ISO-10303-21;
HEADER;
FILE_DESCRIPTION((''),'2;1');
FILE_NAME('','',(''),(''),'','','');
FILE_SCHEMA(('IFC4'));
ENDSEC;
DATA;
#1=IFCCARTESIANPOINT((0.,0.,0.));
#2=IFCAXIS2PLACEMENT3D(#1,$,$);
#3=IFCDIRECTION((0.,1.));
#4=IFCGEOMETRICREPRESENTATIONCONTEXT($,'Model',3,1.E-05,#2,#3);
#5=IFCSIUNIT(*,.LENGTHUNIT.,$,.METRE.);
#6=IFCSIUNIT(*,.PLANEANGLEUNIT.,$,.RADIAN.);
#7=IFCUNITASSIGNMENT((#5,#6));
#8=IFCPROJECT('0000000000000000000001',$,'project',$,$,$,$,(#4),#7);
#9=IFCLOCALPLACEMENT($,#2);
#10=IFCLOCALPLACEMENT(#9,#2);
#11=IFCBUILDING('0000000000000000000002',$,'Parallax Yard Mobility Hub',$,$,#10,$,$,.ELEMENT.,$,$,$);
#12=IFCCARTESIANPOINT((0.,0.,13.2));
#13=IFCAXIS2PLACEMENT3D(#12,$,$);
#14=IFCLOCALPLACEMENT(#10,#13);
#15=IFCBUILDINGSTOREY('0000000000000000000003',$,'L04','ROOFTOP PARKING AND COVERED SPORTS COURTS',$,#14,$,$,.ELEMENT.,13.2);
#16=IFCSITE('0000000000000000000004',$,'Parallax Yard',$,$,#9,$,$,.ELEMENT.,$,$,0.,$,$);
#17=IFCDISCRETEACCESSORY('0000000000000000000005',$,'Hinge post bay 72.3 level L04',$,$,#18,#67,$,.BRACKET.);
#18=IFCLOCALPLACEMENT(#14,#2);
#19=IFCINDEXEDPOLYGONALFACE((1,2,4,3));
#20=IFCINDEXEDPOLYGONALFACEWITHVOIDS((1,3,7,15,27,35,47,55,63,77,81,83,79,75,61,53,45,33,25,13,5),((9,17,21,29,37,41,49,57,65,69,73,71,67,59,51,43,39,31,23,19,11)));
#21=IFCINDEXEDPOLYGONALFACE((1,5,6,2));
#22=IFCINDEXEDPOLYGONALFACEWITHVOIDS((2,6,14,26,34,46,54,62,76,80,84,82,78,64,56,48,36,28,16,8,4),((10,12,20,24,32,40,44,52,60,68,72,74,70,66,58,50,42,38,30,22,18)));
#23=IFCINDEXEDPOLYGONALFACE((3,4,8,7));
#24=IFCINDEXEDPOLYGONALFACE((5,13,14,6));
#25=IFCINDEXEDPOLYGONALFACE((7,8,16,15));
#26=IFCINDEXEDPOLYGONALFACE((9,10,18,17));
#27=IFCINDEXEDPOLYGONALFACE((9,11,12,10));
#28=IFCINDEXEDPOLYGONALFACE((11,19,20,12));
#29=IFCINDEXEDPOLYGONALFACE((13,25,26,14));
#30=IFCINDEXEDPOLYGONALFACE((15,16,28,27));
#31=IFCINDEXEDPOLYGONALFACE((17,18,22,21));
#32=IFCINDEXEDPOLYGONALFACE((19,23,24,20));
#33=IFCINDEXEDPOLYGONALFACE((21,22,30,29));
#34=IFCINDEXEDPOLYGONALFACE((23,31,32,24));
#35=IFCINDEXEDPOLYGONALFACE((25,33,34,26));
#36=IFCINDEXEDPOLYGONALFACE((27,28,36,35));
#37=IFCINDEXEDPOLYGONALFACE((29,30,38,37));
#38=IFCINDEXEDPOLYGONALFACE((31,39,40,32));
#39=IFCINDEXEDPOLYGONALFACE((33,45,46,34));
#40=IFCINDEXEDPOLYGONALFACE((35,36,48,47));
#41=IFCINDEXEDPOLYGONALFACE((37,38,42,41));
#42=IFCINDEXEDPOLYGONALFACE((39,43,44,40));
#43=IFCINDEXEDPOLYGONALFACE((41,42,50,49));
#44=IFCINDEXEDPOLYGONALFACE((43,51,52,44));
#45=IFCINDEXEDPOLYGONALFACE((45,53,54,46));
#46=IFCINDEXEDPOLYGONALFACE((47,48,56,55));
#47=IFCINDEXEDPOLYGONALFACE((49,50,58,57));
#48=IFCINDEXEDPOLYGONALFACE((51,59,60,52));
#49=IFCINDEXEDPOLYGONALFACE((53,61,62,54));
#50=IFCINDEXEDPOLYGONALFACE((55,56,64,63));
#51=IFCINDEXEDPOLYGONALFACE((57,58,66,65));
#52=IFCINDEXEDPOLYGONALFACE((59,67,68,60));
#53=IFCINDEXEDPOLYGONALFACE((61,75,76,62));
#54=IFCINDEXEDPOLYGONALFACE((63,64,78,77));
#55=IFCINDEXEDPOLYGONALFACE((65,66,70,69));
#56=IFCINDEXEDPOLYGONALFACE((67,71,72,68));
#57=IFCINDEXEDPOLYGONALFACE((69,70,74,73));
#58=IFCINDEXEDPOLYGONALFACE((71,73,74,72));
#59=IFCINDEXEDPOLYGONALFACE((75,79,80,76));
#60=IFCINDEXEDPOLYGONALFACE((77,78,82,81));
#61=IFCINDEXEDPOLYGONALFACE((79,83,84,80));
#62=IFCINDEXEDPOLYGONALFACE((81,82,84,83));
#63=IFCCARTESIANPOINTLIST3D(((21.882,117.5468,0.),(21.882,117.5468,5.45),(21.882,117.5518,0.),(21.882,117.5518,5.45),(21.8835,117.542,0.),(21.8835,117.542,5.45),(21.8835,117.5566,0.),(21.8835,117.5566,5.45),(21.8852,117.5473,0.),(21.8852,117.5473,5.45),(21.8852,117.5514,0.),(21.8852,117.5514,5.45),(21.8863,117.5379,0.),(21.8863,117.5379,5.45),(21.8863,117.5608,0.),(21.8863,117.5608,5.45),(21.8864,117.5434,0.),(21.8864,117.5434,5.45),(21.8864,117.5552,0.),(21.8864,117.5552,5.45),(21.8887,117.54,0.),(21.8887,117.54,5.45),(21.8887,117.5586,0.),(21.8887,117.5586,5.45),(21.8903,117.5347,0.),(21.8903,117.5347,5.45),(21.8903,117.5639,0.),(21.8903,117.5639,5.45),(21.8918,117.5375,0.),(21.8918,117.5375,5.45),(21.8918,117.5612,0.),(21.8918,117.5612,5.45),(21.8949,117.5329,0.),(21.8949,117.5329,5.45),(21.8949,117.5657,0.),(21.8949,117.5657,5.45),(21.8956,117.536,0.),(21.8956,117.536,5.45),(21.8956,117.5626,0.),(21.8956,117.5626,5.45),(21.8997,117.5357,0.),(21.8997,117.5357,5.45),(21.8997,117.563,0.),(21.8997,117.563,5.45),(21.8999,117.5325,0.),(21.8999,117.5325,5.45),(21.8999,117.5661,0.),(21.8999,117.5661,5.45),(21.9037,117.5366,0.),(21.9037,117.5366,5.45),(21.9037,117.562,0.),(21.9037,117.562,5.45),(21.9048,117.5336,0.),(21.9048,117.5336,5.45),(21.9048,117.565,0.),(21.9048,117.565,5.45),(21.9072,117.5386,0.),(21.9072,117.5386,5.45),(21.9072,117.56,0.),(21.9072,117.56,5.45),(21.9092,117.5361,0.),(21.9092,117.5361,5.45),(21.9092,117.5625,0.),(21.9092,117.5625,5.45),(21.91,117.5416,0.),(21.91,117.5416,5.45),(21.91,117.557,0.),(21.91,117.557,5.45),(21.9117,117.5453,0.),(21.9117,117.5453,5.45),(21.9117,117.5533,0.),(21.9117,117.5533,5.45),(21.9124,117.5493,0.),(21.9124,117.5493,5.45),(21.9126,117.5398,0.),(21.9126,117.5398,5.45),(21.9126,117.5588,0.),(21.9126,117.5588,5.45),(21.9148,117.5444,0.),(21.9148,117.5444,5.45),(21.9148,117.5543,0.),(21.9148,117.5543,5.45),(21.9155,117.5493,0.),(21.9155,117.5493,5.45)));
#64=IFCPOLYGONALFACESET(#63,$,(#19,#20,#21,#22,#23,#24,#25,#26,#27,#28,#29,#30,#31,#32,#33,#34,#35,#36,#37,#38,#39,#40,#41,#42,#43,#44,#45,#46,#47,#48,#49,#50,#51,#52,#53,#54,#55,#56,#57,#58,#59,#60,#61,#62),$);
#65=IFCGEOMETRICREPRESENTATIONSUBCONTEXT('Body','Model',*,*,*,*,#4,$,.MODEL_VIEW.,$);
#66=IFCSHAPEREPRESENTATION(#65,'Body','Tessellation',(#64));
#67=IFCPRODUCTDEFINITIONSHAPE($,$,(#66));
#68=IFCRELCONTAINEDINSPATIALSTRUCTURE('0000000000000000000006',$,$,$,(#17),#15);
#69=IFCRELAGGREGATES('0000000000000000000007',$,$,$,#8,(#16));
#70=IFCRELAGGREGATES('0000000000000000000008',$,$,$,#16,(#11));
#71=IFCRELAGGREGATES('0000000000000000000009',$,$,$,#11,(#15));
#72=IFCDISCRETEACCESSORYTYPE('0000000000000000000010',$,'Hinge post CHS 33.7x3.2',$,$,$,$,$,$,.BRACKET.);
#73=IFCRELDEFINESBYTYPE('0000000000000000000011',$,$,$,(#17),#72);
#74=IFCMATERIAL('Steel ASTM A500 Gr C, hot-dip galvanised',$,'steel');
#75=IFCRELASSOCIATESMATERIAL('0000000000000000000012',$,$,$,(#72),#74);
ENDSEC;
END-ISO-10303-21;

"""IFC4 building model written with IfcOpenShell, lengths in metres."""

from ifc_helpers import new_model, si_unit, direction, frame, origin, origin_2d, place, context, subcontext, project, spatial, hollow_circle, extrude, material, material_profile, profile_set, type_object, element, save


model = new_model("IFC4")

# Units and contexts
model_context = context("Model", 3, precision=1e-05, world=origin(), true_north=direction((0.0, 1.0)))
body_context = subcontext(model_context, "Body", "Model", "MODEL_VIEW")
ifc_project = project(units=[si_unit("LENGTHUNIT", "METRE"), si_unit("PLANEANGLEUNIT", "RADIAN")], contexts=[model_context])

# Site, building, storey
site_placement = place(None, origin())
site = spatial("IfcSite", under=ifc_project, at=site_placement, Name="Parallax Yard", CompositionType="ELEMENT", RefElevation=0.0)
building_placement = place(site_placement, origin())
building = spatial("IfcBuilding", under=site, at=building_placement, Name="Parallax Yard Mobility Hub", CompositionType="ELEMENT")
storey_placement = place(building_placement, frame((0.0, 0.0, 13.2)))
storey = spatial("IfcBuildingStorey", under=building, at=storey_placement, Name="L04", Description="ROOFTOP PARKING AND COVERED SPORTS COURTS", CompositionType="ELEMENT", Elevation=13.2)

# Discrete accessory
ifc_material_1 = material(Name="Steel ASTM A500 Gr C, hot-dip galvanised", Category="steel")
ifc_material_profile_1 = material_profile(ifc_material_1, hollow_circle(Radius=0.0168, WallThickness=0.0032, at=origin_2d()), Name="CHS 33.7x3.2")
ifc_profile_set_1 = profile_set([ifc_material_profile_1], Name="Steel ASTM A500 Gr C, hot-dip galvanised")
discrete_accessory_type_1 = type_object("IfcDiscreteAccessoryType", Name="Hinge post CHS 33.7x3.2", PredefinedType="BRACKET", material=ifc_profile_set_1)
for number, where, z_axis, x_axis, name in (
    (1, (21.8987, 117.5493, 0.0), (0.0, 0.0, 1.0), (1.0, 0.0, 0.0), "Hinge post bay 72.3 level L04"),
):
    element("IfcDiscreteAccessory", number, at=place(storey_placement, frame(where, z_axis=z_axis, x_axis=x_axis)), inside=storey, type_object=discrete_accessory_type_1, Name=name, PredefinedType="BRACKET", context=body_context, shape_type="SweptSolid", body=[
        extrude(hollow_circle(Radius=0.0168, WallThickness=0.0032, at=origin_2d()), origin(), (0.0, 0.0, 1.0), 5.45),
    ])

save(model, "model.ifc")
